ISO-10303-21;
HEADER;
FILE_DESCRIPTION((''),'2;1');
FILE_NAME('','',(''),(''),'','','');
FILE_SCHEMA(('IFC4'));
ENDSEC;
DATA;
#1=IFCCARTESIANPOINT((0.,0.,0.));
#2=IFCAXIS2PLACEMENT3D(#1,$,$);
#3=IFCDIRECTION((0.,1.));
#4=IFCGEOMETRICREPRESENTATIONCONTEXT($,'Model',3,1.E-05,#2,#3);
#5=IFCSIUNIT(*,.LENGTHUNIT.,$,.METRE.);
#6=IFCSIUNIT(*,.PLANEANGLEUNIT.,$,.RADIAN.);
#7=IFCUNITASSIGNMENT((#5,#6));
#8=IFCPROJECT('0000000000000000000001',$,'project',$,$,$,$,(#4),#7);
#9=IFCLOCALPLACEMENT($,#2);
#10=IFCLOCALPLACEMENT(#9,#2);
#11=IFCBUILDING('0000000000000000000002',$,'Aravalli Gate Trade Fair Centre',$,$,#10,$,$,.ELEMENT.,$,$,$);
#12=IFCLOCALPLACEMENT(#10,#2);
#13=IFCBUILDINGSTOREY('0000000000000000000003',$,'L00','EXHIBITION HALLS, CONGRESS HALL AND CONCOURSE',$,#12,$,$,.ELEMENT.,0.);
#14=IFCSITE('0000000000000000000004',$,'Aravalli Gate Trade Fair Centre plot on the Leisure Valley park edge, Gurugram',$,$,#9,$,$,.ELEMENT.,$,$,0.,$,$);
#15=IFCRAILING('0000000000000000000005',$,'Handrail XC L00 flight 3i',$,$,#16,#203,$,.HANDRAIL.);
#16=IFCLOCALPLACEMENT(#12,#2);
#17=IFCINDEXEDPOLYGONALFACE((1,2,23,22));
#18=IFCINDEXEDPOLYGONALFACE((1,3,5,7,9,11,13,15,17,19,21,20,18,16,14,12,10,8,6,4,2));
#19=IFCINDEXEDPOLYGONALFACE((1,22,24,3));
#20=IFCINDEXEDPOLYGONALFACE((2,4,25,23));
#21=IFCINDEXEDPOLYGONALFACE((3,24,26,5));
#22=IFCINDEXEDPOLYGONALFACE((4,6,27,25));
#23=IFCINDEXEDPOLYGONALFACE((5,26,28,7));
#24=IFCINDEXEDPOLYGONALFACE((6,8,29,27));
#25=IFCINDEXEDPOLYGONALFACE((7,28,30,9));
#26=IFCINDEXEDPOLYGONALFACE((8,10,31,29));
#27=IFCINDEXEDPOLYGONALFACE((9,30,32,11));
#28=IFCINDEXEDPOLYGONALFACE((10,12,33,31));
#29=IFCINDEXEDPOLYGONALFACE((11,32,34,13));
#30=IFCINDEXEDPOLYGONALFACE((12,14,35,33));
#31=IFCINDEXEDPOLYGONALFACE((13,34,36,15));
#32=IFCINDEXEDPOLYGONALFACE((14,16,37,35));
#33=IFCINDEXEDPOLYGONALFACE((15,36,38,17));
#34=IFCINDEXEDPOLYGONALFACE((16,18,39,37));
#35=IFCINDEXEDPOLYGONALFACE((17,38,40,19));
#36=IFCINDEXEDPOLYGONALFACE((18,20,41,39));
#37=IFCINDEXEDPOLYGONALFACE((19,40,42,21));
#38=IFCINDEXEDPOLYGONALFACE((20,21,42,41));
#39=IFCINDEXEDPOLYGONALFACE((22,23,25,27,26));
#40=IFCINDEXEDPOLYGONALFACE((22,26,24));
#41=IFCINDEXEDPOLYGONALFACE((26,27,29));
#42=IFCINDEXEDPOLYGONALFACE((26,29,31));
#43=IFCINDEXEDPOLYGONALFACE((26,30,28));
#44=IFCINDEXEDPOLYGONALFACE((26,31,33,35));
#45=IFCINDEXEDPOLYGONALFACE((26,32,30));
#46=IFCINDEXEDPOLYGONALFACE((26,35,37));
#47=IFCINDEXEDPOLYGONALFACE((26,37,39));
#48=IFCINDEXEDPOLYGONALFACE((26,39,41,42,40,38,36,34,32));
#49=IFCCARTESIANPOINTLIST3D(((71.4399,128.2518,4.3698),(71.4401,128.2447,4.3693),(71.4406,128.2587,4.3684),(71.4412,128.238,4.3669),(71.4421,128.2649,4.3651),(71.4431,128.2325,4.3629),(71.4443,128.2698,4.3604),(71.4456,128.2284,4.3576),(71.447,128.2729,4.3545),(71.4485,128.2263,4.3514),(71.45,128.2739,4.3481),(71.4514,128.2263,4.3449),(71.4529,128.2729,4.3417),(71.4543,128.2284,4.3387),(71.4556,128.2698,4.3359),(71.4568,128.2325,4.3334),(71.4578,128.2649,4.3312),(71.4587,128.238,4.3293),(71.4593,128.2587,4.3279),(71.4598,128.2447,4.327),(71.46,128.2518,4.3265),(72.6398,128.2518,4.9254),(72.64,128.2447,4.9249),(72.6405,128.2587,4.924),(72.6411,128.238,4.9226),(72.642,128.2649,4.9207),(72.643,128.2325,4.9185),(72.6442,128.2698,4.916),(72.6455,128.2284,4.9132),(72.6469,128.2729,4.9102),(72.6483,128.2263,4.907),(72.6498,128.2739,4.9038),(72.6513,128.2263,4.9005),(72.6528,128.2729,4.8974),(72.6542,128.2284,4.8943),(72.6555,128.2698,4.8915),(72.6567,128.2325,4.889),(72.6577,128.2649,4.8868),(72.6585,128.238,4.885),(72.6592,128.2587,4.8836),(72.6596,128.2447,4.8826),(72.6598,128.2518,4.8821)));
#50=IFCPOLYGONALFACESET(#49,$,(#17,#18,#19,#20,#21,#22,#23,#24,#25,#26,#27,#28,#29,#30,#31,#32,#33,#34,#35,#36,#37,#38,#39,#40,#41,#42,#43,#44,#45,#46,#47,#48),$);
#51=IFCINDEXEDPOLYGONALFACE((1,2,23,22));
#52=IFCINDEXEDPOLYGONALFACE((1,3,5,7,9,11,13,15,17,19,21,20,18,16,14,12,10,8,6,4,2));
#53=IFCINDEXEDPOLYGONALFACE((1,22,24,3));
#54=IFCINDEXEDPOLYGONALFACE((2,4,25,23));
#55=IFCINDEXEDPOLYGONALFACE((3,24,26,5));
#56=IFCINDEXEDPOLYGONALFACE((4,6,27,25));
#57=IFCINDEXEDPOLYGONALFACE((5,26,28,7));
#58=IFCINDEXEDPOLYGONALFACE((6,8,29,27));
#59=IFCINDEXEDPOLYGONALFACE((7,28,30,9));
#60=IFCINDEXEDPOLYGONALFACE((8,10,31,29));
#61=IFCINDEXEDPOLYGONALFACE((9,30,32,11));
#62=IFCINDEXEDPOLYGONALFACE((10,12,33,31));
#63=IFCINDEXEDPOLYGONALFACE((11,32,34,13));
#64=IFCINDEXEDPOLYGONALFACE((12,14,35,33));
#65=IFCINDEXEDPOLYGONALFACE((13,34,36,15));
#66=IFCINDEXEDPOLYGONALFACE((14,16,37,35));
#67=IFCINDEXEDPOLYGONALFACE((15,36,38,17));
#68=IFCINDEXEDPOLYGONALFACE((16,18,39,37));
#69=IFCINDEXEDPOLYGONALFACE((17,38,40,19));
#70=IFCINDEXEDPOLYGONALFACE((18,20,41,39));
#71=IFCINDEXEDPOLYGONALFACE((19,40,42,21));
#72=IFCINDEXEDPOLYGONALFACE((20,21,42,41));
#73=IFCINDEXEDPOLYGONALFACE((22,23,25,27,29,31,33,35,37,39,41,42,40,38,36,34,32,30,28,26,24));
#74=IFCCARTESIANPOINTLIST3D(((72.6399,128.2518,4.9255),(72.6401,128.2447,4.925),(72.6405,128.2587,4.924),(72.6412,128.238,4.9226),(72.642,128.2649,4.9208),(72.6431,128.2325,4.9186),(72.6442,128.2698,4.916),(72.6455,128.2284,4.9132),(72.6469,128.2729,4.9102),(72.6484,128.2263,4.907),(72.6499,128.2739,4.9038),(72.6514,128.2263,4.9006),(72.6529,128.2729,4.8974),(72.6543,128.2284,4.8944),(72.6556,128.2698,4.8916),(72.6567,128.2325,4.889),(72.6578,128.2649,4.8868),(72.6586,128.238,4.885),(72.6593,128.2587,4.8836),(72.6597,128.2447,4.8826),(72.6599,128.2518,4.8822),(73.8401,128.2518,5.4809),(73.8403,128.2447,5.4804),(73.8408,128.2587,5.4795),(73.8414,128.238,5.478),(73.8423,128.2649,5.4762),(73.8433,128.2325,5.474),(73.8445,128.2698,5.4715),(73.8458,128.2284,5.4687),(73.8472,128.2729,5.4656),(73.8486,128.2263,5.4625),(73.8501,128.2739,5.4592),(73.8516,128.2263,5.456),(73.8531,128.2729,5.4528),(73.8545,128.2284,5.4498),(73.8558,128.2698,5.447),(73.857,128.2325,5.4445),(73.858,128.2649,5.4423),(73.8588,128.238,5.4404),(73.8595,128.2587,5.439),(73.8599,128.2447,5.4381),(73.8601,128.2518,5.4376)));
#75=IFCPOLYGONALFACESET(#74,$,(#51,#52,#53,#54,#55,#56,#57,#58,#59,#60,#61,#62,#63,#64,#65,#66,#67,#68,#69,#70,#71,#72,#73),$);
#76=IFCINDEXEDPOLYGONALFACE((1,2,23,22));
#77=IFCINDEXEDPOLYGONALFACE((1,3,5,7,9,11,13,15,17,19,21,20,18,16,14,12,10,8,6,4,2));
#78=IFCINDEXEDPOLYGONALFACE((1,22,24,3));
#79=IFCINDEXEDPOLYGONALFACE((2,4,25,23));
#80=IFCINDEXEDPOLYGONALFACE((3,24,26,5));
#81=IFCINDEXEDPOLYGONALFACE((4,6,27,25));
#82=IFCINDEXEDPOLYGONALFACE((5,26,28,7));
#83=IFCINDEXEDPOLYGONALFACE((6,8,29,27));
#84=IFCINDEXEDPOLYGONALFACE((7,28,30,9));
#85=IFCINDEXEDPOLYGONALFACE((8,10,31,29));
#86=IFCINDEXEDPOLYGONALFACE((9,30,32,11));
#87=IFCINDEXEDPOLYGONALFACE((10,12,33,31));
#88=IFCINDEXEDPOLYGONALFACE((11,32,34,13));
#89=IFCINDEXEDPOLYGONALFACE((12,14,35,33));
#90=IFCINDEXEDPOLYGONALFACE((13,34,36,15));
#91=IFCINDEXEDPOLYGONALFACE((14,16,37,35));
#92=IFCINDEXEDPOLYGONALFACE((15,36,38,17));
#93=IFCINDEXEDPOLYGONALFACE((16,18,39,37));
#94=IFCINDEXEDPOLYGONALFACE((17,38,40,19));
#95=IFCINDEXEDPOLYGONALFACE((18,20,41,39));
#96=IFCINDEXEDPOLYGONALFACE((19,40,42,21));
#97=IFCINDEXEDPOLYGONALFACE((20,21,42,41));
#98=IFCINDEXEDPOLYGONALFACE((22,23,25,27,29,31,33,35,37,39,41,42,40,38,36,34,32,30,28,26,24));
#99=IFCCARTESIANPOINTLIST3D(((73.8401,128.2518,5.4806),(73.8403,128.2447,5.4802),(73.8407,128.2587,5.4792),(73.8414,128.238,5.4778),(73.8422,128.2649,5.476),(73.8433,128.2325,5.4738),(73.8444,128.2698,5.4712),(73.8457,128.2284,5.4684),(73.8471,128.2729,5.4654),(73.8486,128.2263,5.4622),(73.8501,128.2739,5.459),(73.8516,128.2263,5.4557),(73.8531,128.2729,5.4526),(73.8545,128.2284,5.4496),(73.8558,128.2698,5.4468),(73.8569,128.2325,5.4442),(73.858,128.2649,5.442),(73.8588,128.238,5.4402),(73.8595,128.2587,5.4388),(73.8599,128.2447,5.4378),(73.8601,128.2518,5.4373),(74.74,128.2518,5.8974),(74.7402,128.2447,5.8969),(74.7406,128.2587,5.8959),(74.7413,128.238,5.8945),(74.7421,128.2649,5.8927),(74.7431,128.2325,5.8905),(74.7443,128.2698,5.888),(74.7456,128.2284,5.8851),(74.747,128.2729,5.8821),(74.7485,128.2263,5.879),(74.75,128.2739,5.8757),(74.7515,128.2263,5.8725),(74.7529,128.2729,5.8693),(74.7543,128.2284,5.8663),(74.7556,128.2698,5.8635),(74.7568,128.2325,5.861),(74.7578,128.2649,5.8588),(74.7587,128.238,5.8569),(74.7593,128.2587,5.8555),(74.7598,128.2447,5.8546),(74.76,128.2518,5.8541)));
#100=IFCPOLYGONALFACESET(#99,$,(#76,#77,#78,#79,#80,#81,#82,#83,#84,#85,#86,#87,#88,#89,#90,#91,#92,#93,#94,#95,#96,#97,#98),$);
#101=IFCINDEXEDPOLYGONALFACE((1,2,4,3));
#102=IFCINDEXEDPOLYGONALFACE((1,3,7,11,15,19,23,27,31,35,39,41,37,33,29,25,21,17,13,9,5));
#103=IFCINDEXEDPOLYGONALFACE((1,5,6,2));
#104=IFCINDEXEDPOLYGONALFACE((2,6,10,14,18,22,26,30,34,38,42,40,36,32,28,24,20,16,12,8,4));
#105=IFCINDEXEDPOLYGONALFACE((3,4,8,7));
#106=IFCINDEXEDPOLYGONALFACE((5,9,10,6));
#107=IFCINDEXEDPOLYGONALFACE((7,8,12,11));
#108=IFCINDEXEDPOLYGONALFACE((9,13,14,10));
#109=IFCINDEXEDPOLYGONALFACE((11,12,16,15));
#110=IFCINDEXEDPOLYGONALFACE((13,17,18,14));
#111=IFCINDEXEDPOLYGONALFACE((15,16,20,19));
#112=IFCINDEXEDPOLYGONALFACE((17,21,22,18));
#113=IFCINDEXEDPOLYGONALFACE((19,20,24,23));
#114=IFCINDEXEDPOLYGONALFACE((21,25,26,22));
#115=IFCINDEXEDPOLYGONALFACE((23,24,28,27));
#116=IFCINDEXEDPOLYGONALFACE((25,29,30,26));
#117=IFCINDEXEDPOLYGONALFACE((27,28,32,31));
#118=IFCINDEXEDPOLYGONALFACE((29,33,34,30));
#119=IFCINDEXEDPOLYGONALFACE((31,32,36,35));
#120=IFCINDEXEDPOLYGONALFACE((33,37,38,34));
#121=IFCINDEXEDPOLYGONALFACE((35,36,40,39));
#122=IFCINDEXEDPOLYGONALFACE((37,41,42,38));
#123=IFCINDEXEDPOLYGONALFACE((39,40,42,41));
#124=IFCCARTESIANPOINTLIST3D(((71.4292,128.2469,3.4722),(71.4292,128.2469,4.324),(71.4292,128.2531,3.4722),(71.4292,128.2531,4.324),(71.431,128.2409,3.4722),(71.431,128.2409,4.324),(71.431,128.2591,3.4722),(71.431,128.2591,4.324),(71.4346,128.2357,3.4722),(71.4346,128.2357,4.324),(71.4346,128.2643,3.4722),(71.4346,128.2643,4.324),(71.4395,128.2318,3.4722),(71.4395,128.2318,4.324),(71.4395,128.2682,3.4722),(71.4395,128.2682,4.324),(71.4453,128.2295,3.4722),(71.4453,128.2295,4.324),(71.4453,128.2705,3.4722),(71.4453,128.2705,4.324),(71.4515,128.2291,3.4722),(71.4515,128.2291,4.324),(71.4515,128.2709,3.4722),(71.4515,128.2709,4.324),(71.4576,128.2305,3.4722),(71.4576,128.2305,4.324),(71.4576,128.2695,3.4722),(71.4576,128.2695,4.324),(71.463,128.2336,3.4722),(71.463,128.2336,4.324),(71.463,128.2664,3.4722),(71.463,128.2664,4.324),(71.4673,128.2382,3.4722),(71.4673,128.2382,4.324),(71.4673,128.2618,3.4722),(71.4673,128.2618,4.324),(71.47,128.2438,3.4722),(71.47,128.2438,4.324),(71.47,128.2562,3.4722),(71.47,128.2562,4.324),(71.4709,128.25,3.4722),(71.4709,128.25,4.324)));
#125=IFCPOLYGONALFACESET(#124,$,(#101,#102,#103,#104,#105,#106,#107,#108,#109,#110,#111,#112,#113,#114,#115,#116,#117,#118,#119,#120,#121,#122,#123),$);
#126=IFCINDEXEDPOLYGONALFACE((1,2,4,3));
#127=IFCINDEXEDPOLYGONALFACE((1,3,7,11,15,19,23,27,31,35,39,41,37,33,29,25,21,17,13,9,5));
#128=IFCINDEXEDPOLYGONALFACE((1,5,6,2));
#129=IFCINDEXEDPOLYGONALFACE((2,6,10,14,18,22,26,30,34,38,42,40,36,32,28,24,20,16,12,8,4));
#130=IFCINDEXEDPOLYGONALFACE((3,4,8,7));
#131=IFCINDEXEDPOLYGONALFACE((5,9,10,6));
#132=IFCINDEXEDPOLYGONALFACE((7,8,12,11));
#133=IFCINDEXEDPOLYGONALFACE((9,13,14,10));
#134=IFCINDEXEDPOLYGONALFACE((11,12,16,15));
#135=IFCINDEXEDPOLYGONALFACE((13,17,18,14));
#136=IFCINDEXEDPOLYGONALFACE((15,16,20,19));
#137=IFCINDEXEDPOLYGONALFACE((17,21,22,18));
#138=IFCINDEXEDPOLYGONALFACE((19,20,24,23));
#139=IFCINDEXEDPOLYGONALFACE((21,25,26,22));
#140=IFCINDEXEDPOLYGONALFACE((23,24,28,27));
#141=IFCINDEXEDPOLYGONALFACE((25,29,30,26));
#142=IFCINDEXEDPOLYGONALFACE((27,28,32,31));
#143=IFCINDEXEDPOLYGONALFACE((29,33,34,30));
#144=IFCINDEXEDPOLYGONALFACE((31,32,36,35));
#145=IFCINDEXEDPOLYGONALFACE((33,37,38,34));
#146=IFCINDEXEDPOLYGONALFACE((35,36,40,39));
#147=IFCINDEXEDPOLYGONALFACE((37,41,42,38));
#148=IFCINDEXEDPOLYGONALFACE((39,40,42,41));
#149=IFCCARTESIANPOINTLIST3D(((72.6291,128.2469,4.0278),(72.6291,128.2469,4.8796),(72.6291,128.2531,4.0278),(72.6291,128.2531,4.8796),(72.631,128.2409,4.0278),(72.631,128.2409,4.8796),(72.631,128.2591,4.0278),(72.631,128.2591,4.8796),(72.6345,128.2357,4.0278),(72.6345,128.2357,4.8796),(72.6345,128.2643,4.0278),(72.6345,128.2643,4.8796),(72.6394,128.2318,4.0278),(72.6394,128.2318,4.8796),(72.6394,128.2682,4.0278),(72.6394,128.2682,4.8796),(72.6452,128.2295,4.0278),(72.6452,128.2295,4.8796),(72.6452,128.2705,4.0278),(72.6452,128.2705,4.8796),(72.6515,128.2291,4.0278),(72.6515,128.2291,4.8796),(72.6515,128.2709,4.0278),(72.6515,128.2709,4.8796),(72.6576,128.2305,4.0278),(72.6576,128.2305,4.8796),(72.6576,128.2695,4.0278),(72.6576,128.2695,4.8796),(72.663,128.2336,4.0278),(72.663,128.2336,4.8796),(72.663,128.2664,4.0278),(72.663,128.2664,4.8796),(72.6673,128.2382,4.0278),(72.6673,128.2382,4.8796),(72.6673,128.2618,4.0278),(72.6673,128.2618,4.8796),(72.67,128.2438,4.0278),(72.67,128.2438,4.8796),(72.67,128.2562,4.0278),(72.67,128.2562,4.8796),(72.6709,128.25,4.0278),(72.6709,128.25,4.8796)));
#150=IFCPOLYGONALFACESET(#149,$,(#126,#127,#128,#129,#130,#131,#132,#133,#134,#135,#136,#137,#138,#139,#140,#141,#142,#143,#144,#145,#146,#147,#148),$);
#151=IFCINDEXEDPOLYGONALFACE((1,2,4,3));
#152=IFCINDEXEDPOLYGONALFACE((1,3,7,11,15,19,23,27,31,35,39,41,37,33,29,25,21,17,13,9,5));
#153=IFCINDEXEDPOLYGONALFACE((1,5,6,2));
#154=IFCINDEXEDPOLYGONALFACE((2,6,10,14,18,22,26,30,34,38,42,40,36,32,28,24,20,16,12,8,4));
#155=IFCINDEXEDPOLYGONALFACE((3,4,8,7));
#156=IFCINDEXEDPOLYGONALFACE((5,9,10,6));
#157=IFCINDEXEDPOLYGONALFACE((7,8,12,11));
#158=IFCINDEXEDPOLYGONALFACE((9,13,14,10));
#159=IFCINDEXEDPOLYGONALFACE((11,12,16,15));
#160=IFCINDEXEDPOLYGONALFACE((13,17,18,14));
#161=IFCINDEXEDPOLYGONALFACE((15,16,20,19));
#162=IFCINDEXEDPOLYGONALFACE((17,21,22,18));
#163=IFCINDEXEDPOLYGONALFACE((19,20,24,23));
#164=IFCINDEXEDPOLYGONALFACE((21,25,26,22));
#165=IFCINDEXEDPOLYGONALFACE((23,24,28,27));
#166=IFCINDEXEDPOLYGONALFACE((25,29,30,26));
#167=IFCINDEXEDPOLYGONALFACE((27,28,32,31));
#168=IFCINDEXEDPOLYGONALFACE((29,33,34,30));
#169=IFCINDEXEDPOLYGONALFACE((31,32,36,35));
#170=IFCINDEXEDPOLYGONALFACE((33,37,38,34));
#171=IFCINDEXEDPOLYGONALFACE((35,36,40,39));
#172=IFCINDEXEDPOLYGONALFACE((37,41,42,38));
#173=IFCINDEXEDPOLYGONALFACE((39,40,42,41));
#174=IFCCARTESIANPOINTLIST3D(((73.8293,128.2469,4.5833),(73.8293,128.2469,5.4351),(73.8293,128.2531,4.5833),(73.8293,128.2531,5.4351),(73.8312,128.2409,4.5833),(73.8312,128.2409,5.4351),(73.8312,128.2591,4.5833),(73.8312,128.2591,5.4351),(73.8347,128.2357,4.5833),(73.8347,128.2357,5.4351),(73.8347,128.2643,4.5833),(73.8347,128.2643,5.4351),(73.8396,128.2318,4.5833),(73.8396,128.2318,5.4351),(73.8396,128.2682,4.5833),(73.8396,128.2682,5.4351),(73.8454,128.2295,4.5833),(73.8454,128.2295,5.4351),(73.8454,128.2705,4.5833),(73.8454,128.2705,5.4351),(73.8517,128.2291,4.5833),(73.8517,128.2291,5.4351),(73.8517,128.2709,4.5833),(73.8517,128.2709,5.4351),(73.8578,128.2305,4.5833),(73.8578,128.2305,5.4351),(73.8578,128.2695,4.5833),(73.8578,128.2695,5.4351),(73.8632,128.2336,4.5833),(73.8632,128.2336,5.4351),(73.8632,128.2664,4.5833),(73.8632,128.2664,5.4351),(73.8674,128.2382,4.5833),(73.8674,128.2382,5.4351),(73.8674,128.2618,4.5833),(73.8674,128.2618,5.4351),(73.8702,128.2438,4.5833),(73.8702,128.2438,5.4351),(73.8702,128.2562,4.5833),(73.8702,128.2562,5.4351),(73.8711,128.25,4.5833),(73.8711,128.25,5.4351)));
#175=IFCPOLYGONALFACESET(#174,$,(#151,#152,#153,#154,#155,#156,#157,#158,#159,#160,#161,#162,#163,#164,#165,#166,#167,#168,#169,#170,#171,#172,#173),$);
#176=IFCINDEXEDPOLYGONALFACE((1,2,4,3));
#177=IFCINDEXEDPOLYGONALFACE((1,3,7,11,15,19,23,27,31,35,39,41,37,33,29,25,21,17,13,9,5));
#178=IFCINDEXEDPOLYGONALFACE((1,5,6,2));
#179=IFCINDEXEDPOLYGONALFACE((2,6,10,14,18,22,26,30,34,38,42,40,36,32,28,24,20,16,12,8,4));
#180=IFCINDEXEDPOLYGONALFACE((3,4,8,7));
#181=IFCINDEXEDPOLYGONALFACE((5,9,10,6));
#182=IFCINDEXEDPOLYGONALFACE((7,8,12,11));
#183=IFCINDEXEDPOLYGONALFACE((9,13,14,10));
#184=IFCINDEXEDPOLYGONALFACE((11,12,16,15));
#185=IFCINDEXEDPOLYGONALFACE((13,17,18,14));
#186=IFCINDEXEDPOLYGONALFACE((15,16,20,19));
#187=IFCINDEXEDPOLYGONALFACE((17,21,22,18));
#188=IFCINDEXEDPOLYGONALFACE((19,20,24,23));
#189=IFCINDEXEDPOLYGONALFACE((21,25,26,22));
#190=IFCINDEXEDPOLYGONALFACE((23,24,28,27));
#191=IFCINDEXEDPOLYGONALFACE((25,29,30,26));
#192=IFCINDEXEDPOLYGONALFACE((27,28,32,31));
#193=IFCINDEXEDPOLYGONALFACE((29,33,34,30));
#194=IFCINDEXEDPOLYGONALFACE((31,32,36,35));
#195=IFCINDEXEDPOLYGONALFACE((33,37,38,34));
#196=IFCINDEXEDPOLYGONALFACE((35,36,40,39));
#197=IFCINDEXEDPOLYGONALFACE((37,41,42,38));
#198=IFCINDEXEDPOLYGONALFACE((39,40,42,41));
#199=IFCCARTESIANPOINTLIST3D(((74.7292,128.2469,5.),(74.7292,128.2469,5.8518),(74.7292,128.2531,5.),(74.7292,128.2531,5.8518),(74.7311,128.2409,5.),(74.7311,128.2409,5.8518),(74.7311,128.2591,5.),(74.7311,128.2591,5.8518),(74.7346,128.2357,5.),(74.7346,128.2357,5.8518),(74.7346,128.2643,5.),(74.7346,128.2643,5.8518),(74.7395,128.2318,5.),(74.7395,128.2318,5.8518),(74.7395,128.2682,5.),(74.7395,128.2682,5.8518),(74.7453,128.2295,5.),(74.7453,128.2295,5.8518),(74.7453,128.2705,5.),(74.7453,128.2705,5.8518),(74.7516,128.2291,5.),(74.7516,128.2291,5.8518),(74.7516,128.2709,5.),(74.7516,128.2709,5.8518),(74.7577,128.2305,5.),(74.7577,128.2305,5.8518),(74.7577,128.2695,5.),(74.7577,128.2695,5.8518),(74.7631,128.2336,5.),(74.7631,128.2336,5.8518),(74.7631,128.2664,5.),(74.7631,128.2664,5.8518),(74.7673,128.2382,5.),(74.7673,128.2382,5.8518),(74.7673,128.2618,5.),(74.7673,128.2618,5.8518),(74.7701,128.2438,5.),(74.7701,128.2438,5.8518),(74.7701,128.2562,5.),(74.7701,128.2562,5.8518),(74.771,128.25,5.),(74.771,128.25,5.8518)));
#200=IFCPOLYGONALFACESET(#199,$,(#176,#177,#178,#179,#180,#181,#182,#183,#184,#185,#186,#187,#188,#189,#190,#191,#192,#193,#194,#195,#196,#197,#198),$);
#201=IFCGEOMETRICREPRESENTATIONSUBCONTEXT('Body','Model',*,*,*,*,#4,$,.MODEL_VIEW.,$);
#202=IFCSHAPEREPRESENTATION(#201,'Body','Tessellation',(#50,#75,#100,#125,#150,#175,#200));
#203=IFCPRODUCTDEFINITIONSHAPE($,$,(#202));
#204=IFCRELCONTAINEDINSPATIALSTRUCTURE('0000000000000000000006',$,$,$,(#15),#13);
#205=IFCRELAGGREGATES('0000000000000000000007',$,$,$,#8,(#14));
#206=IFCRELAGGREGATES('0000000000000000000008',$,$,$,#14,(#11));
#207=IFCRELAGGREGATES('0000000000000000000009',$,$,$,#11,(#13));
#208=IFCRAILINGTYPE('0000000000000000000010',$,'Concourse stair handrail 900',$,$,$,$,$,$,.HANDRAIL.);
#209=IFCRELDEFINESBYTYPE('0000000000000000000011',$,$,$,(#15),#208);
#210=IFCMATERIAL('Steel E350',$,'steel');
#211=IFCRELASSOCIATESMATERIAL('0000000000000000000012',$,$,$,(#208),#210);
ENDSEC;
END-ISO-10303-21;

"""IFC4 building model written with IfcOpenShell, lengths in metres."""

from ifc_helpers import new_model, si_unit, direction, frame, origin, origin_2d, place, context, subcontext, project, spatial, circle, extrude, material, type_object, element, save


model = new_model("IFC4")

# Units and contexts
model_context = context("Model", 3, precision=1e-05, world=origin(), true_north=direction((0.0, 1.0)))
body_context = subcontext(model_context, "Body", "Model", "MODEL_VIEW")
ifc_project = project(units=[si_unit("LENGTHUNIT", "METRE"), si_unit("PLANEANGLEUNIT", "RADIAN")], contexts=[model_context])

# Site, building, storey
site_placement = place(None, origin())
site = spatial("IfcSite", under=ifc_project, at=site_placement, Name="Aravalli Gate Trade Fair Centre plot on the Leisure Valley park edge, Gurugram", CompositionType="ELEMENT", RefElevation=0.0)
building_placement = place(site_placement, origin())
building = spatial("IfcBuilding", under=site, at=building_placement, Name="Aravalli Gate Trade Fair Centre", CompositionType="ELEMENT")
storey_placement = place(building_placement, origin())
storey = spatial("IfcBuildingStorey", under=building, at=storey_placement, Name="L00", Description="EXHIBITION HALLS, CONGRESS HALL AND CONCOURSE", CompositionType="ELEMENT", Elevation=0.0)

# Shared definitions
ifc_material_1 = material(Name="Steel E350", Category="steel")

# Railing
railing_type = type_object("IfcRailingType", Name="Concourse stair handrail 900", PredefinedType="HANDRAIL", material=ifc_material_1)
railing_1_placement = place(storey_placement, frame((71.45, 128.25, 3.4722)))
element("IfcRailing", 1, at=railing_1_placement, inside=storey, type_object=railing_type, Name="Handrail XC L00 flight 3i", PredefinedType="HANDRAIL", context=body_context, shape_type="SweptSolid", body=[
    extrude(circle(Radius=0.0239, at=origin_2d()), frame((0.0, 0.0, 0.876), z_axis=(0.907429, 0.0, 0.420205), x_axis=(0.0, 1.0, 0.0)), (0.0, 0.0, 1.0), 1.3223),
    extrude(circle(Radius=0.0239, at=origin_2d()), frame((1.2, 0.0, 1.4316), z_axis=(0.907532, 0.0, 0.419983), x_axis=(0.0, 1.0, 0.0)), (0.0, 0.0, 1.0), 1.3225),
    extrude(circle(Radius=0.0239, at=origin_2d()), frame((2.4001, 0.0, 1.9868), z_axis=(0.907418, 0.0, 0.420229), x_axis=(0.0, 1.0, 0.0)), (0.0, 0.0, 1.0), 0.9917),
    extrude(circle(Radius=0.021, at=origin_2d()), origin(), (0.0, 0.0, 1.0), 0.8518),
    extrude(circle(Radius=0.021, at=origin_2d()), frame((1.2, 0.0, 0.5557)), (0.0, 0.0, 1.0), 0.8518),
    extrude(circle(Radius=0.021, at=origin_2d()), frame((2.4001, 0.0, 1.1111)), (0.0, 0.0, 1.0), 0.8518),
    extrude(circle(Radius=0.021, at=origin_2d()), frame((3.3, 0.0, 1.5278)), (0.0, 0.0, 1.0), 0.8518),
])

save(model, "model.ifc")
